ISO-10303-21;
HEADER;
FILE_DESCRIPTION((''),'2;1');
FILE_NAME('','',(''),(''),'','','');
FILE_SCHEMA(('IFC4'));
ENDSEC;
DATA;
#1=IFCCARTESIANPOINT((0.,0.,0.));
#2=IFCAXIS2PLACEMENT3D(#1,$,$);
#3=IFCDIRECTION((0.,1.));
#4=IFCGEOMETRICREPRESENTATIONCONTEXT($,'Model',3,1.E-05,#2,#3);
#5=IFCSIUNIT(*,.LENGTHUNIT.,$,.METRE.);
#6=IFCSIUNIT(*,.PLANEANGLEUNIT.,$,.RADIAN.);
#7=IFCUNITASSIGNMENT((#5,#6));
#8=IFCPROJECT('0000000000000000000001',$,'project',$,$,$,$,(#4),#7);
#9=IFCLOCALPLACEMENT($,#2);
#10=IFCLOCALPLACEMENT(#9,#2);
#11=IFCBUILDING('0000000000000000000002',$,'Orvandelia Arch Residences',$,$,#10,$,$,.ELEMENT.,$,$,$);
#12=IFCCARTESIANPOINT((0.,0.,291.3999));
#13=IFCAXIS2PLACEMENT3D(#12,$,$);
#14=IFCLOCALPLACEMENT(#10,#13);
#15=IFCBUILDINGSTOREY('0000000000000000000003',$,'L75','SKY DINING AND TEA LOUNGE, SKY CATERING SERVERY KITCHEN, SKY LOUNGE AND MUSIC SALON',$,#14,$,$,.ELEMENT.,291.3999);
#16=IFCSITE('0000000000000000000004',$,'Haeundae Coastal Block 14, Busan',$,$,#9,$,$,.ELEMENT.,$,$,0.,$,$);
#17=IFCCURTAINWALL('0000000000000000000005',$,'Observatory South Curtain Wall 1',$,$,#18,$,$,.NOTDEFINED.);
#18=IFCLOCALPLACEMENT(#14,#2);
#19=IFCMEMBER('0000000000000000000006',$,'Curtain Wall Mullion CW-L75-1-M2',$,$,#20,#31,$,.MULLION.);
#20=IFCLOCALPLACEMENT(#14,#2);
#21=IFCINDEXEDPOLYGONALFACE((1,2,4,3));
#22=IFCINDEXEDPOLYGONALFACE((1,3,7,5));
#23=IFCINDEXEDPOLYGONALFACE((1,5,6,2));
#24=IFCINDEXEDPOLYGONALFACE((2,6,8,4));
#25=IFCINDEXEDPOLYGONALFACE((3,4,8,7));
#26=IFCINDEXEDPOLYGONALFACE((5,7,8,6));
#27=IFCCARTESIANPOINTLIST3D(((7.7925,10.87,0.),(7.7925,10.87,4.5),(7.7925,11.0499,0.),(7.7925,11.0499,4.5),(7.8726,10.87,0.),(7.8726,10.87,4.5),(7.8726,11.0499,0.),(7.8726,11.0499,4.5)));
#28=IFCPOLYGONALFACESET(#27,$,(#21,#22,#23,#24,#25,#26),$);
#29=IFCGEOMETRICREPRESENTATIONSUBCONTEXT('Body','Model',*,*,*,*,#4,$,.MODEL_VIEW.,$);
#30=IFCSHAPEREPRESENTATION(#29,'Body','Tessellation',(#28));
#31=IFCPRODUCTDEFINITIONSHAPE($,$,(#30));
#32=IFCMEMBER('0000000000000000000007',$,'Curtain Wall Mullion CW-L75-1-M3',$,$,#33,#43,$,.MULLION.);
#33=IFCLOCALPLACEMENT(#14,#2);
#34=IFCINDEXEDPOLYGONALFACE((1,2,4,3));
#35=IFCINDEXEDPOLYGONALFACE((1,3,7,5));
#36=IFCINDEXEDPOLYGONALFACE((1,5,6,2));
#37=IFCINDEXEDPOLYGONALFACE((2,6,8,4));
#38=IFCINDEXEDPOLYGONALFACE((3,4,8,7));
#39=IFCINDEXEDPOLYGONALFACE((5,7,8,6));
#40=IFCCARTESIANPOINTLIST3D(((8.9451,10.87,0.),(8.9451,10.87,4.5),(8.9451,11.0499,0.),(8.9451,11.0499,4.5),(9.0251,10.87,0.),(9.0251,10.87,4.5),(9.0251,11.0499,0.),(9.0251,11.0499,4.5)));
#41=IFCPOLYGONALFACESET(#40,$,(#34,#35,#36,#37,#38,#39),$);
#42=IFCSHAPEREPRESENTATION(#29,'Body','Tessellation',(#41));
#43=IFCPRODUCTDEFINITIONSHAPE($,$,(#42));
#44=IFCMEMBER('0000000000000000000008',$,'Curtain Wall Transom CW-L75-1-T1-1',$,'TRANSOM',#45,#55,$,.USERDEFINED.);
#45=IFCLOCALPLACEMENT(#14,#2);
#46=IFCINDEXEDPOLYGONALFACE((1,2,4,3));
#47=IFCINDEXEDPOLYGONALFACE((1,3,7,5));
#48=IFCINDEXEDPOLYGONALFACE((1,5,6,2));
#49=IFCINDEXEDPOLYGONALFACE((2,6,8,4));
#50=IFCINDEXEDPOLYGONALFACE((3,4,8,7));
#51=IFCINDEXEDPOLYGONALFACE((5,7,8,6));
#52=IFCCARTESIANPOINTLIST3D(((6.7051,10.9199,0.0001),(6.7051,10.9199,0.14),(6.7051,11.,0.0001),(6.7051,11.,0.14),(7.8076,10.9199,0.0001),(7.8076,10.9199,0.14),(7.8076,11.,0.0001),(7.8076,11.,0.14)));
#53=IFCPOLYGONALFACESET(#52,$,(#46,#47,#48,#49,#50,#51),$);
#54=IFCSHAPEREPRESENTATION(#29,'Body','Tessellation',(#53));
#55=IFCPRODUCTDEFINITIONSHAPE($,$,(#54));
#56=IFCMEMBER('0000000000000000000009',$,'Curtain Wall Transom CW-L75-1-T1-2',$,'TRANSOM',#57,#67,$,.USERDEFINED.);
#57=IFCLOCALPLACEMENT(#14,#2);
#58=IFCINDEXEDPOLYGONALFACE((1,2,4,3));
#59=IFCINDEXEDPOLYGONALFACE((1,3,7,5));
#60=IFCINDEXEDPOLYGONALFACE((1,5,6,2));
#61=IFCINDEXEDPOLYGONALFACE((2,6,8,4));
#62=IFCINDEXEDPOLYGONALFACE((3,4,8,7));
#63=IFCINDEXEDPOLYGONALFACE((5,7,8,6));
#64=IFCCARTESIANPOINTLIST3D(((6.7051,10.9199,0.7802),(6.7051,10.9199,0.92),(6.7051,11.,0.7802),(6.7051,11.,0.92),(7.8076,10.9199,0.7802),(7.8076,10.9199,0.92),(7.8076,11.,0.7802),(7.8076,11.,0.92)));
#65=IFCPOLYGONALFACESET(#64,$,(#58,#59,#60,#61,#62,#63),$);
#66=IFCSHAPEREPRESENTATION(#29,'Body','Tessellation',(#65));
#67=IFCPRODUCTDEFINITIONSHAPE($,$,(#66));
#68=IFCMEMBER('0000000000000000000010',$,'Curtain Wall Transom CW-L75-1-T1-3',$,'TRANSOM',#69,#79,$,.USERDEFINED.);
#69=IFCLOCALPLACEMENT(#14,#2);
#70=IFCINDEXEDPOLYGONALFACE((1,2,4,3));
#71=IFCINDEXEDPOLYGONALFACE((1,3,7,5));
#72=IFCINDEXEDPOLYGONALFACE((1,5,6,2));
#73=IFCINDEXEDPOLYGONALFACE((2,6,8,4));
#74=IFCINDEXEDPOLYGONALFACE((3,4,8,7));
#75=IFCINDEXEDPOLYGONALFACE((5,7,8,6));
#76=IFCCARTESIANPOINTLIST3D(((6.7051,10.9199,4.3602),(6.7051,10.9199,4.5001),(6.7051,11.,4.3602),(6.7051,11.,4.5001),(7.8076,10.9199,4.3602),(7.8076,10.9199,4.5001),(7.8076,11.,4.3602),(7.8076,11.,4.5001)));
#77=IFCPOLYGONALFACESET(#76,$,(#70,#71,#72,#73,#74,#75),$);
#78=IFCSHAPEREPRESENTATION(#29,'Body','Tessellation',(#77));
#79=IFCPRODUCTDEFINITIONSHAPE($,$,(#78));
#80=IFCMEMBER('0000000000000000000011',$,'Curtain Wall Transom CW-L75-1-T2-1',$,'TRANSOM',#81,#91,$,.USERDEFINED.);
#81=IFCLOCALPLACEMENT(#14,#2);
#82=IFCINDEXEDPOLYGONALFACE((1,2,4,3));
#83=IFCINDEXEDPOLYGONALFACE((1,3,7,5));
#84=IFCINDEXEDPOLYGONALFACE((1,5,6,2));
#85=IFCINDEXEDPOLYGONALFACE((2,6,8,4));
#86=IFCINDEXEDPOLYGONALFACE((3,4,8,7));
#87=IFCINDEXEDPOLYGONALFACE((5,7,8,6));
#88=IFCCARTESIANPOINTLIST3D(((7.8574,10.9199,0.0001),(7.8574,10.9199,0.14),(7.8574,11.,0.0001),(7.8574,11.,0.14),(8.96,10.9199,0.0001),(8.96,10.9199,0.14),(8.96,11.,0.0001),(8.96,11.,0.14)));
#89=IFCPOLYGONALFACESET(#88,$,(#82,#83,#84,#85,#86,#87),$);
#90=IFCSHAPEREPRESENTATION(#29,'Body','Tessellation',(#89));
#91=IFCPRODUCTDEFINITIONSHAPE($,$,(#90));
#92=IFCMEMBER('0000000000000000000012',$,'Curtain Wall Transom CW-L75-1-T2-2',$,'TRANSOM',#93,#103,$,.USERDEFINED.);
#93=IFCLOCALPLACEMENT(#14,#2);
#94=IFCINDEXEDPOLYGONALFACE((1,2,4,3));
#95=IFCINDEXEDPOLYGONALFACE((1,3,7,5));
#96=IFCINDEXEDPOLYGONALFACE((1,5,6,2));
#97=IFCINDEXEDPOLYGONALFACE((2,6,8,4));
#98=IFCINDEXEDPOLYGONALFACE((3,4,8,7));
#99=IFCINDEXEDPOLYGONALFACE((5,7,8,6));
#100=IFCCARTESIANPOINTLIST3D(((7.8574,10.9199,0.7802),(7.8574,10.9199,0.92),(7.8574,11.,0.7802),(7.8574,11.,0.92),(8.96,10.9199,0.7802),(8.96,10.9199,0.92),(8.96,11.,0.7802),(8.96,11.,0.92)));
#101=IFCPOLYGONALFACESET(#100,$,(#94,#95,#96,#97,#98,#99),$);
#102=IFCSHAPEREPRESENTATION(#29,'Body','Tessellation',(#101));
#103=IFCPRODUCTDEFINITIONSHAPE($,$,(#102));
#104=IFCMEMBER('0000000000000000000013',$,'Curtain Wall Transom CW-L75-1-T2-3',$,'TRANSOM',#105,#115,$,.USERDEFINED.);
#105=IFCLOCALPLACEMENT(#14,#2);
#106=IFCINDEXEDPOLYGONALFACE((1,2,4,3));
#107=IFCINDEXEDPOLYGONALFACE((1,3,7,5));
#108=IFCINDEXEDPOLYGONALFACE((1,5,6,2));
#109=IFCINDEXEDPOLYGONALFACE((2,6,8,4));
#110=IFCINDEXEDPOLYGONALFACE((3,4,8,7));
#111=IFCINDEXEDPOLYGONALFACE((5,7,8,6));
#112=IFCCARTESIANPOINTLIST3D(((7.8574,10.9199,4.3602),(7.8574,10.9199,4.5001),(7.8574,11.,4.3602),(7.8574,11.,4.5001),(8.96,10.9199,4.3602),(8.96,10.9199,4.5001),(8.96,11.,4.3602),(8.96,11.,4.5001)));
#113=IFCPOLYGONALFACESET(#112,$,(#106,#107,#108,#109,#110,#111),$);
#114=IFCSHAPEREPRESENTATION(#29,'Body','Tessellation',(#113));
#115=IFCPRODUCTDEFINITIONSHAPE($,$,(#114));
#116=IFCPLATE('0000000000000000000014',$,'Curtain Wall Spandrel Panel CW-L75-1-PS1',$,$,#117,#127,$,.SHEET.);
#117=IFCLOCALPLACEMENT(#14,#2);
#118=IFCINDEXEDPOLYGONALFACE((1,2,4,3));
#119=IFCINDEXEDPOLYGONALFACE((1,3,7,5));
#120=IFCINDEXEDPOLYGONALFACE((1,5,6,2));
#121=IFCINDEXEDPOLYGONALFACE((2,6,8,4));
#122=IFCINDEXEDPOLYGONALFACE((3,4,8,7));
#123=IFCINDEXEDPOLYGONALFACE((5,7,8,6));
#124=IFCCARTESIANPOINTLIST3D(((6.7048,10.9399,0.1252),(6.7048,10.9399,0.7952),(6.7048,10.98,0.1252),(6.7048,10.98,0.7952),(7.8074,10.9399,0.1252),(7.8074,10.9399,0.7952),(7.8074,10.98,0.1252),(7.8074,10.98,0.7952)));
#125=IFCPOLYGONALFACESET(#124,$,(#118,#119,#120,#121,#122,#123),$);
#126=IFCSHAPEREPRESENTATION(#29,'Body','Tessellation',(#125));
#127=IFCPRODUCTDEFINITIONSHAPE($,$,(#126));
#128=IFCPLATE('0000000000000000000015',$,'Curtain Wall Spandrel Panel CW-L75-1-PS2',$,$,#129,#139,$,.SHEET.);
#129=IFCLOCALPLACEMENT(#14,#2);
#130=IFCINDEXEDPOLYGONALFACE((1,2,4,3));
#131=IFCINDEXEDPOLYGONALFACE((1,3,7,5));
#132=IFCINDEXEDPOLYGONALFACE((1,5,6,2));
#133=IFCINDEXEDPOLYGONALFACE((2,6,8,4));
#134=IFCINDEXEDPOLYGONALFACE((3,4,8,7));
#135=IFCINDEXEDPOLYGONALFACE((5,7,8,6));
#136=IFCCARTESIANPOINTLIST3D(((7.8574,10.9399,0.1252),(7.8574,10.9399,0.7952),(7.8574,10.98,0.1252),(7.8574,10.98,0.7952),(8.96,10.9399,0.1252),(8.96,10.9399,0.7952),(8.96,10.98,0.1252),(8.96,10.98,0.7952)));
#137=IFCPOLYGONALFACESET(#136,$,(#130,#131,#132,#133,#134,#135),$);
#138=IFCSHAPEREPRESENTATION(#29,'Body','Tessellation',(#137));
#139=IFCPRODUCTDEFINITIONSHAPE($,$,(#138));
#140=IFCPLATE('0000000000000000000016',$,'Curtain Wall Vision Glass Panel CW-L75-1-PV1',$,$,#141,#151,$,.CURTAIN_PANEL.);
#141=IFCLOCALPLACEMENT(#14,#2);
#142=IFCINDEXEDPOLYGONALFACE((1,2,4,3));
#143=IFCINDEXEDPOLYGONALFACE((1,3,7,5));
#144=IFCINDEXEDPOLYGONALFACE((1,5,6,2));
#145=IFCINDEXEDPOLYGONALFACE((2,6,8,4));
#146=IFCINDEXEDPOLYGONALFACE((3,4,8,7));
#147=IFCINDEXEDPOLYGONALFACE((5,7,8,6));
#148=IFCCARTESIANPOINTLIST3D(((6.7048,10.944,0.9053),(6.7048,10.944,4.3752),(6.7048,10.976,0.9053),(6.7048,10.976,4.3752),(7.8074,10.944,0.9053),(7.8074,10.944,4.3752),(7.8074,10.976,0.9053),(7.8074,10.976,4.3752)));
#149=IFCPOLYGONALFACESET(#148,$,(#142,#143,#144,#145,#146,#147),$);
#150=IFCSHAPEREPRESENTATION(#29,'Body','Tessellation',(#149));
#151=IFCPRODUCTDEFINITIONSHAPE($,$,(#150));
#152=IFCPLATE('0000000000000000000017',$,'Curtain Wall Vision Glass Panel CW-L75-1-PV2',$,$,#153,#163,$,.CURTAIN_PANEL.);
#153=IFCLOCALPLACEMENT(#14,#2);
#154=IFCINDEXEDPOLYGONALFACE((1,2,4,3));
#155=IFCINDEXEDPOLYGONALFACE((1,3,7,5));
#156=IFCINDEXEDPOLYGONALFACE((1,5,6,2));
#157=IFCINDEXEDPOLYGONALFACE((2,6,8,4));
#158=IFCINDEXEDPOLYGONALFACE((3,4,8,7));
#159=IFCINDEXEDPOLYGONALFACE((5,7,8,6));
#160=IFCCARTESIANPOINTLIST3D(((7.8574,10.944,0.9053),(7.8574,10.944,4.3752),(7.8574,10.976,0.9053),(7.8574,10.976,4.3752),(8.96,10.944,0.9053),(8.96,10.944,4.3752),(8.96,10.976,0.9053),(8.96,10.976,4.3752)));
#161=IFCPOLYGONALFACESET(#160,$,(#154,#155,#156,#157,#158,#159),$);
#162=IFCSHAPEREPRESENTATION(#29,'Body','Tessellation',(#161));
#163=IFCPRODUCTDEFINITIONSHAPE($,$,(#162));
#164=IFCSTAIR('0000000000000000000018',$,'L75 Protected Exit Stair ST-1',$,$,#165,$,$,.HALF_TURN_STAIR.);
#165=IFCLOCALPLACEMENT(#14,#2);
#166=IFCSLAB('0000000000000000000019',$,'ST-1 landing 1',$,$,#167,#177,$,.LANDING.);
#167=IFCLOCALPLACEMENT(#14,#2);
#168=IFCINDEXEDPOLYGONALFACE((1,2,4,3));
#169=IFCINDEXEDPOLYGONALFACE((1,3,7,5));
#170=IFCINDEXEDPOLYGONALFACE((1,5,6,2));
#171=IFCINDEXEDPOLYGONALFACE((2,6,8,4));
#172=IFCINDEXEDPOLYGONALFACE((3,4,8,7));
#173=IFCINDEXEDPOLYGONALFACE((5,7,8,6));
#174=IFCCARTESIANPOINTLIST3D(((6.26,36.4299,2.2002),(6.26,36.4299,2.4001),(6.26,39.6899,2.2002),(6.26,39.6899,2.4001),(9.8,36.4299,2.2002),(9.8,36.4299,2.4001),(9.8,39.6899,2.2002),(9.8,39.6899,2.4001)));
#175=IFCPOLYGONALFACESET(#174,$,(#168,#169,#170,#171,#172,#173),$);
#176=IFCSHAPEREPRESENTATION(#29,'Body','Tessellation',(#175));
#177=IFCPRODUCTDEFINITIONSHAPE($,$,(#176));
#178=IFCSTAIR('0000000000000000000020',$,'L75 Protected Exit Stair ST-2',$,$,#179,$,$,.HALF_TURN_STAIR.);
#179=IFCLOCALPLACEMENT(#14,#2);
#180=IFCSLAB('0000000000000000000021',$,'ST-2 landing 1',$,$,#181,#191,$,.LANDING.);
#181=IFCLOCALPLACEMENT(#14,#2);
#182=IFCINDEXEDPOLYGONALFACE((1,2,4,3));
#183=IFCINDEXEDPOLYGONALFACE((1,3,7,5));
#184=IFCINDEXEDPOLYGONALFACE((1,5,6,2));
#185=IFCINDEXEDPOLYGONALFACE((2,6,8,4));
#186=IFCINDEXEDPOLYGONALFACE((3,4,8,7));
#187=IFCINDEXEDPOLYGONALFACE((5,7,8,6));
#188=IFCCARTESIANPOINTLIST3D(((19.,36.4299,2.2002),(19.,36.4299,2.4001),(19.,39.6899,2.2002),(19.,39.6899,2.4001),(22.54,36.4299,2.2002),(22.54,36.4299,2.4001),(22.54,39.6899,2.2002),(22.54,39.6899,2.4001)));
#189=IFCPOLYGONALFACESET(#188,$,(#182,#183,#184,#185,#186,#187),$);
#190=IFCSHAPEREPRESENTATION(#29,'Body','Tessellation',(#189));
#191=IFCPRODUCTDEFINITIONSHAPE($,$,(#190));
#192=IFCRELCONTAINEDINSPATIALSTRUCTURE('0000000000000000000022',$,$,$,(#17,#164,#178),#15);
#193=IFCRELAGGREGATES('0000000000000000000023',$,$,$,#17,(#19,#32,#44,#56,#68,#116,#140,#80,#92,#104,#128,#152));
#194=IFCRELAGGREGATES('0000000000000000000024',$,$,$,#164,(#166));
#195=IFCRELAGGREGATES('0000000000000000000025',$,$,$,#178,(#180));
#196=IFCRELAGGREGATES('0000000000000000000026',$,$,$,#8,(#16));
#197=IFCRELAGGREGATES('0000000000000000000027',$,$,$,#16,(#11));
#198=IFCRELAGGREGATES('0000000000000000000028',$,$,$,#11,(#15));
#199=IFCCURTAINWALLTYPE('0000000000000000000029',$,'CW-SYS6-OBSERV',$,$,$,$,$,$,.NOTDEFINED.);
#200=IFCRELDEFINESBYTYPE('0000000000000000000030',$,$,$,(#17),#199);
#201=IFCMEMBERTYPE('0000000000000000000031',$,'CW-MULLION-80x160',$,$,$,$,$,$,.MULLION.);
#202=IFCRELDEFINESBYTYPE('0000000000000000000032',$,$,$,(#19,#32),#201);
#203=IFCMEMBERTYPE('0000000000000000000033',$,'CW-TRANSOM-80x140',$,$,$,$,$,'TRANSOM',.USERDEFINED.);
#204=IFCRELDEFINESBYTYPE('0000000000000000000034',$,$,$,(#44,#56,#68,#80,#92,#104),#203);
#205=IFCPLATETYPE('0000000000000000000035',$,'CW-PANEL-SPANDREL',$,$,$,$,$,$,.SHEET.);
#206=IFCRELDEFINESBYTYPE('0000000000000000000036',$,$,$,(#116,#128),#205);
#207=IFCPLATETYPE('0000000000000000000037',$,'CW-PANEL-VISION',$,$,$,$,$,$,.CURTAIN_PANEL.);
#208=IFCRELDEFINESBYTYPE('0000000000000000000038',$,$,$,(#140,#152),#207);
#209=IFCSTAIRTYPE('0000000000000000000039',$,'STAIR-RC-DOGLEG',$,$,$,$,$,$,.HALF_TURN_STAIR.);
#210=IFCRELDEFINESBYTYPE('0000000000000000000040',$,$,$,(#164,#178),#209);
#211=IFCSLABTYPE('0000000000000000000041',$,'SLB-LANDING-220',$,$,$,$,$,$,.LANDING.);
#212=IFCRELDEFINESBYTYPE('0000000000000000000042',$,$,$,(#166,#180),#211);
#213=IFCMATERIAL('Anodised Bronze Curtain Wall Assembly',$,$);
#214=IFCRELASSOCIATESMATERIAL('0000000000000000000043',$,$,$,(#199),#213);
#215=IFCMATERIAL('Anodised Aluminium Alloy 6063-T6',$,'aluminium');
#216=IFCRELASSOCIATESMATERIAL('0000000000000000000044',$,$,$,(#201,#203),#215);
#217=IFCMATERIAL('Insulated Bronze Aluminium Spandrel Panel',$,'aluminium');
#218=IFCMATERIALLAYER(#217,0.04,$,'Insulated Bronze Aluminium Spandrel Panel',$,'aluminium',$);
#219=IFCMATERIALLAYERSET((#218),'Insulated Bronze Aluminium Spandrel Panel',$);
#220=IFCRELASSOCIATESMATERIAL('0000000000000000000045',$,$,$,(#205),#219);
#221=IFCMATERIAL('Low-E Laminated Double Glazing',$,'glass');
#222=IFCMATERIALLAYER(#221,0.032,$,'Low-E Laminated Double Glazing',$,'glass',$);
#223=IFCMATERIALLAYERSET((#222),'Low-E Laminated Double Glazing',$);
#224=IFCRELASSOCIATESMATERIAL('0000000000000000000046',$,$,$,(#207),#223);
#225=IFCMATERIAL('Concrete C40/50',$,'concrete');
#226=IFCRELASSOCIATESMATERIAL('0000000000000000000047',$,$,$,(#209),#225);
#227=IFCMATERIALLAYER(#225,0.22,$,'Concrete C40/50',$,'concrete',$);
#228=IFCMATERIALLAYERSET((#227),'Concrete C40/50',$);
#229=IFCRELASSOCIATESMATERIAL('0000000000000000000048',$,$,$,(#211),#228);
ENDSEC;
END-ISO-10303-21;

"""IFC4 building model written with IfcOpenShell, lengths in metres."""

from ifc_helpers import new_model, si_unit, direction, frame, origin, origin_2d, place, context, subcontext, project, spatial, polyline, rectangle, outline, extrude, material, layer, layer_set, material_profile, profile_set, type_object, element, aggregate, save


model = new_model("IFC4")

# Units and contexts
model_context = context("Model", 3, precision=1e-05, world=origin(), true_north=direction((0.0, 1.0)))
body_context = subcontext(model_context, "Body", "Model", "MODEL_VIEW")
ifc_project = project(units=[si_unit("LENGTHUNIT", "METRE"), si_unit("PLANEANGLEUNIT", "RADIAN")], contexts=[model_context])

# Site, building, storey
site_placement = place(None, origin())
site = spatial("IfcSite", under=ifc_project, at=site_placement, Name="Haeundae Coastal Block 14, Busan", CompositionType="ELEMENT", RefElevation=0.0)
building_placement = place(site_placement, origin())
building = spatial("IfcBuilding", under=site, at=building_placement, Name="Orvandelia Arch Residences", CompositionType="ELEMENT")
storey_placement = place(building_placement, frame((0.0, 0.0, 291.3999)))
storey = spatial("IfcBuildingStorey", under=building, at=storey_placement, Name="L75", Description="SKY DINING AND TEA LOUNGE, SKY CATERING SERVERY KITCHEN, SKY LOUNGE AND MUSIC SALON", CompositionType="ELEMENT", Elevation=291.3999)

# Curtain wall, members, plates
ifc_material_1 = material(Name="Anodised Bronze Curtain Wall Assembly")
curtain_wall_type = type_object("IfcCurtainWallType", Name="CW-SYS6-OBSERV", PredefinedType="NOTDEFINED", material=ifc_material_1)
curtain_wall_placement = place(storey_placement, origin())
curtain_wall = element("IfcCurtainWall", 1, at=curtain_wall_placement, inside=storey, type_object=curtain_wall_type, Name="Observatory South Curtain Wall 1", PredefinedType="NOTDEFINED")
ifc_material_2 = material(Name="Anodised Aluminium Alloy 6063-T6", Category="aluminium")
ifc_material_profile_1 = material_profile(ifc_material_2, rectangle(XDim=0.0801, YDim=0.1799, at=origin_2d()), Name="Anodised Aluminium Alloy 6063-T6", Category="aluminium")
ifc_profile_set_1 = profile_set([ifc_material_profile_1], Name="Anodised Aluminium Alloy 6063-T6")
member_type_1 = type_object("IfcMemberType", Name="CW-MULLION-80x160", PredefinedType="MULLION", material=ifc_profile_set_1)
member_1_placement = place(storey_placement, frame((7.8325, 10.96, 0.0), z_axis=(0.0, 0.0, 1.0), x_axis=(1.0, 0.0, 0.0)))
member_1 = element("IfcMember", 2, at=member_1_placement, type_object=member_type_1, Name="Curtain Wall Mullion CW-L75-1-M2", PredefinedType="MULLION", context=body_context, shape_type="SweptSolid", body=[
    extrude(rectangle(XDim=0.0801, YDim=0.1799, at=origin_2d()), origin(), (0.0, 0.0, 1.0), 4.5),
])
member_2_placement = place(storey_placement, frame((8.9851, 10.96, 0.0), z_axis=(0.0, 0.0, 1.0), x_axis=(1.0, 0.0, 0.0)))
member_2 = element("IfcMember", 3, at=member_2_placement, type_object=member_type_1, Name="Curtain Wall Mullion CW-L75-1-M3", PredefinedType="MULLION", context=body_context, shape_type="SweptSolid", body=[
    extrude(rectangle(XDim=0.0801, YDim=0.1799, at=origin_2d()), origin(), (0.0, 0.0, 1.0), 4.5),
])
ifc_material_profile_2 = material_profile(ifc_material_2, rectangle(XDim=0.0801, YDim=0.1399, at=origin_2d()), Name="Anodised Aluminium Alloy 6063-T6", Category="aluminium")
ifc_profile_set_2 = profile_set([ifc_material_profile_2], Name="Anodised Aluminium Alloy 6063-T6")
member_type_2 = type_object("IfcMemberType", Name="CW-TRANSOM-80x140", ElementType="TRANSOM", PredefinedType="USERDEFINED", material=ifc_profile_set_2)
member_3_placement = place(storey_placement, frame((6.7051, 10.96, 0.0701), z_axis=(1.0, 0.0, 0.0), x_axis=(0.0, 1.0, 0.0)))
member_3 = element("IfcMember", 4, at=member_3_placement, type_object=member_type_2, Name="Curtain Wall Transom CW-L75-1-T1-1", ObjectType="TRANSOM", PredefinedType="USERDEFINED", context=body_context, shape_type="SweptSolid", body=[
    extrude(rectangle(XDim=0.0801, YDim=0.1399, at=origin_2d()), origin(), (0.0, 0.0, 1.0), 1.1025),
])
member_4_placement = place(storey_placement, frame((6.7051, 10.96, 0.8501), z_axis=(1.0, 0.0, 0.0), x_axis=(0.0, 1.0, 0.0)))
member_4 = element("IfcMember", 5, at=member_4_placement, type_object=member_type_2, Name="Curtain Wall Transom CW-L75-1-T1-2", ObjectType="TRANSOM", PredefinedType="USERDEFINED", context=body_context, shape_type="SweptSolid", body=[
    extrude(rectangle(XDim=0.0801, YDim=0.1399, at=origin_2d()), origin(), (0.0, 0.0, 1.0), 1.1025),
])
member_5_placement = place(storey_placement, frame((6.7051, 10.96, 4.4302), z_axis=(1.0, 0.0, 0.0), x_axis=(0.0, 1.0, 0.0)))
member_5 = element("IfcMember", 6, at=member_5_placement, type_object=member_type_2, Name="Curtain Wall Transom CW-L75-1-T1-3", ObjectType="TRANSOM", PredefinedType="USERDEFINED", context=body_context, shape_type="SweptSolid", body=[
    extrude(rectangle(XDim=0.0801, YDim=0.1399, at=origin_2d()), origin(), (0.0, 0.0, 1.0), 1.1025),
])
member_6_placement = place(storey_placement, frame((7.8574, 10.96, 0.0701), z_axis=(1.0, 0.0, 0.0), x_axis=(0.0, 1.0, 0.0)))
member_6 = element("IfcMember", 7, at=member_6_placement, type_object=member_type_2, Name="Curtain Wall Transom CW-L75-1-T2-1", ObjectType="TRANSOM", PredefinedType="USERDEFINED", context=body_context, shape_type="SweptSolid", body=[
    extrude(rectangle(XDim=0.0801, YDim=0.1399, at=origin_2d()), origin(), (0.0, 0.0, 1.0), 1.1025),
])
member_7_placement = place(storey_placement, frame((7.8574, 10.96, 0.8501), z_axis=(1.0, 0.0, 0.0), x_axis=(0.0, 1.0, 0.0)))
member_7 = element("IfcMember", 8, at=member_7_placement, type_object=member_type_2, Name="Curtain Wall Transom CW-L75-1-T2-2", ObjectType="TRANSOM", PredefinedType="USERDEFINED", context=body_context, shape_type="SweptSolid", body=[
    extrude(rectangle(XDim=0.0801, YDim=0.1399, at=origin_2d()), origin(), (0.0, 0.0, 1.0), 1.1025),
])
member_8_placement = place(storey_placement, frame((7.8574, 10.96, 4.4302), z_axis=(1.0, 0.0, 0.0), x_axis=(0.0, 1.0, 0.0)))
member_8 = element("IfcMember", 9, at=member_8_placement, type_object=member_type_2, Name="Curtain Wall Transom CW-L75-1-T2-3", ObjectType="TRANSOM", PredefinedType="USERDEFINED", context=body_context, shape_type="SweptSolid", body=[
    extrude(rectangle(XDim=0.0801, YDim=0.1399, at=origin_2d()), origin(), (0.0, 0.0, 1.0), 1.1025),
])
ifc_material_3 = material(Name="Insulated Bronze Aluminium Spandrel Panel", Category="aluminium")
ifc_layer_1 = layer(ifc_material_3, 0.04, Name="Insulated Bronze Aluminium Spandrel Panel", Category="aluminium")
ifc_layer_set_1 = layer_set([ifc_layer_1], Name="Insulated Bronze Aluminium Spandrel Panel")
plate_type_1 = type_object("IfcPlateType", Name="CW-PANEL-SPANDREL", PredefinedType="SHEET", material=ifc_layer_set_1)
plate_1_placement = place(storey_placement, frame((7.2561, 10.96, 0.1252), z_axis=(0.0, 0.0, 1.0), x_axis=(1.0, 0.0, 0.0)))
plate_1 = element("IfcPlate", 10, at=plate_1_placement, type_object=plate_type_1, Name="Curtain Wall Spandrel Panel CW-L75-1-PS1", PredefinedType="SHEET", context=body_context, shape_type="SweptSolid", body=[
    extrude(rectangle(XDim=1.1025, YDim=0.04, at=origin_2d()), origin(), (0.0, 0.0, 1.0), 0.6699),
])
plate_2_placement = place(storey_placement, frame((8.4087, 10.96, 0.1252), z_axis=(0.0, 0.0, 1.0), x_axis=(1.0, 0.0, 0.0)))
plate_2 = element("IfcPlate", 11, at=plate_2_placement, type_object=plate_type_1, Name="Curtain Wall Spandrel Panel CW-L75-1-PS2", PredefinedType="SHEET", context=body_context, shape_type="SweptSolid", body=[
    extrude(rectangle(XDim=1.1025, YDim=0.04, at=origin_2d()), origin(), (0.0, 0.0, 1.0), 0.6699),
])
ifc_material_4 = material(Name="Low-E Laminated Double Glazing", Category="glass")
ifc_layer_2 = layer(ifc_material_4, 0.032, Name="Low-E Laminated Double Glazing", Category="glass")
ifc_layer_set_2 = layer_set([ifc_layer_2], Name="Low-E Laminated Double Glazing")
plate_type_2 = type_object("IfcPlateType", Name="CW-PANEL-VISION", PredefinedType="CURTAIN_PANEL", material=ifc_layer_set_2)
plate_3_placement = place(storey_placement, frame((7.2561, 10.96, 0.9053), z_axis=(0.0, 0.0, 1.0), x_axis=(1.0, 0.0, 0.0)))
plate_3 = element("IfcPlate", 12, at=plate_3_placement, type_object=plate_type_2, Name="Curtain Wall Vision Glass Panel CW-L75-1-PV1", PredefinedType="CURTAIN_PANEL", context=body_context, shape_type="SweptSolid", body=[
    extrude(rectangle(XDim=1.1025, YDim=0.032, at=origin_2d()), origin(), (0.0, 0.0, 1.0), 3.47),
])
plate_4_placement = place(storey_placement, frame((8.4087, 10.96, 0.9053), z_axis=(0.0, 0.0, 1.0), x_axis=(1.0, 0.0, 0.0)))
plate_4 = element("IfcPlate", 13, at=plate_4_placement, type_object=plate_type_2, Name="Curtain Wall Vision Glass Panel CW-L75-1-PV2", PredefinedType="CURTAIN_PANEL", context=body_context, shape_type="SweptSolid", body=[
    extrude(rectangle(XDim=1.1025, YDim=0.032, at=origin_2d()), origin(), (0.0, 0.0, 1.0), 3.47),
])
aggregate(curtain_wall, [member_1, member_2, member_3, member_4, member_5, plate_1, plate_3, member_6, member_7, member_8, plate_2, plate_4])

# Stairs, slabs
ifc_material_5 = material(Name="Concrete C40/50", Category="concrete")
stair_type = type_object("IfcStairType", Name="STAIR-RC-DOGLEG", PredefinedType="HALF_TURN_STAIR", material=ifc_material_5)
stair_1_placement = place(storey_placement, origin())
stair_1 = element("IfcStair", 14, at=stair_1_placement, inside=storey, type_object=stair_type, Name="L75 Protected Exit Stair ST-1", PredefinedType="HALF_TURN_STAIR")
ifc_layer_3 = layer(ifc_material_5, 0.22, Name="Concrete C40/50", Category="concrete")
ifc_layer_set_3 = layer_set([ifc_layer_3], Name="Concrete C40/50")
slab_type_1 = type_object("IfcSlabType", Name="SLB-LANDING-220", PredefinedType="LANDING", material=ifc_layer_set_3)
slab_1_placement = place(storey_placement, frame((0.0, 0.0, 2.2002)))
slab_1 = element("IfcSlab", 15, at=slab_1_placement, type_object=slab_type_1, Name="ST-1 landing 1", PredefinedType="LANDING", context=body_context, shape_type="SweptSolid", body=[
    extrude(outline(polyline([(9.8, 36.4299), (9.8, 39.6899), (6.26, 39.6899), (6.26, 36.4299), (9.8, 36.4299)])), origin(), (0.0, 0.0, 1.0), 0.2),
])
aggregate(stair_1, [slab_1])
stair_2_placement = place(storey_placement, origin())
stair_2 = element("IfcStair", 16, at=stair_2_placement, inside=storey, type_object=stair_type, Name="L75 Protected Exit Stair ST-2", PredefinedType="HALF_TURN_STAIR")
slab_2_placement = place(storey_placement, frame((0.0, 0.0, 2.2002)))
slab_2 = element("IfcSlab", 17, at=slab_2_placement, type_object=slab_type_1, Name="ST-2 landing 1", PredefinedType="LANDING", context=body_context, shape_type="SweptSolid", body=[
    extrude(outline(polyline([(22.54, 36.4299), (22.54, 39.6899), (19.0, 39.6899), (19.0, 36.4299), (22.54, 36.4299)])), origin(), (0.0, 0.0, 1.0), 0.2),
])
aggregate(stair_2, [slab_2])

save(model, "model.ifc")
